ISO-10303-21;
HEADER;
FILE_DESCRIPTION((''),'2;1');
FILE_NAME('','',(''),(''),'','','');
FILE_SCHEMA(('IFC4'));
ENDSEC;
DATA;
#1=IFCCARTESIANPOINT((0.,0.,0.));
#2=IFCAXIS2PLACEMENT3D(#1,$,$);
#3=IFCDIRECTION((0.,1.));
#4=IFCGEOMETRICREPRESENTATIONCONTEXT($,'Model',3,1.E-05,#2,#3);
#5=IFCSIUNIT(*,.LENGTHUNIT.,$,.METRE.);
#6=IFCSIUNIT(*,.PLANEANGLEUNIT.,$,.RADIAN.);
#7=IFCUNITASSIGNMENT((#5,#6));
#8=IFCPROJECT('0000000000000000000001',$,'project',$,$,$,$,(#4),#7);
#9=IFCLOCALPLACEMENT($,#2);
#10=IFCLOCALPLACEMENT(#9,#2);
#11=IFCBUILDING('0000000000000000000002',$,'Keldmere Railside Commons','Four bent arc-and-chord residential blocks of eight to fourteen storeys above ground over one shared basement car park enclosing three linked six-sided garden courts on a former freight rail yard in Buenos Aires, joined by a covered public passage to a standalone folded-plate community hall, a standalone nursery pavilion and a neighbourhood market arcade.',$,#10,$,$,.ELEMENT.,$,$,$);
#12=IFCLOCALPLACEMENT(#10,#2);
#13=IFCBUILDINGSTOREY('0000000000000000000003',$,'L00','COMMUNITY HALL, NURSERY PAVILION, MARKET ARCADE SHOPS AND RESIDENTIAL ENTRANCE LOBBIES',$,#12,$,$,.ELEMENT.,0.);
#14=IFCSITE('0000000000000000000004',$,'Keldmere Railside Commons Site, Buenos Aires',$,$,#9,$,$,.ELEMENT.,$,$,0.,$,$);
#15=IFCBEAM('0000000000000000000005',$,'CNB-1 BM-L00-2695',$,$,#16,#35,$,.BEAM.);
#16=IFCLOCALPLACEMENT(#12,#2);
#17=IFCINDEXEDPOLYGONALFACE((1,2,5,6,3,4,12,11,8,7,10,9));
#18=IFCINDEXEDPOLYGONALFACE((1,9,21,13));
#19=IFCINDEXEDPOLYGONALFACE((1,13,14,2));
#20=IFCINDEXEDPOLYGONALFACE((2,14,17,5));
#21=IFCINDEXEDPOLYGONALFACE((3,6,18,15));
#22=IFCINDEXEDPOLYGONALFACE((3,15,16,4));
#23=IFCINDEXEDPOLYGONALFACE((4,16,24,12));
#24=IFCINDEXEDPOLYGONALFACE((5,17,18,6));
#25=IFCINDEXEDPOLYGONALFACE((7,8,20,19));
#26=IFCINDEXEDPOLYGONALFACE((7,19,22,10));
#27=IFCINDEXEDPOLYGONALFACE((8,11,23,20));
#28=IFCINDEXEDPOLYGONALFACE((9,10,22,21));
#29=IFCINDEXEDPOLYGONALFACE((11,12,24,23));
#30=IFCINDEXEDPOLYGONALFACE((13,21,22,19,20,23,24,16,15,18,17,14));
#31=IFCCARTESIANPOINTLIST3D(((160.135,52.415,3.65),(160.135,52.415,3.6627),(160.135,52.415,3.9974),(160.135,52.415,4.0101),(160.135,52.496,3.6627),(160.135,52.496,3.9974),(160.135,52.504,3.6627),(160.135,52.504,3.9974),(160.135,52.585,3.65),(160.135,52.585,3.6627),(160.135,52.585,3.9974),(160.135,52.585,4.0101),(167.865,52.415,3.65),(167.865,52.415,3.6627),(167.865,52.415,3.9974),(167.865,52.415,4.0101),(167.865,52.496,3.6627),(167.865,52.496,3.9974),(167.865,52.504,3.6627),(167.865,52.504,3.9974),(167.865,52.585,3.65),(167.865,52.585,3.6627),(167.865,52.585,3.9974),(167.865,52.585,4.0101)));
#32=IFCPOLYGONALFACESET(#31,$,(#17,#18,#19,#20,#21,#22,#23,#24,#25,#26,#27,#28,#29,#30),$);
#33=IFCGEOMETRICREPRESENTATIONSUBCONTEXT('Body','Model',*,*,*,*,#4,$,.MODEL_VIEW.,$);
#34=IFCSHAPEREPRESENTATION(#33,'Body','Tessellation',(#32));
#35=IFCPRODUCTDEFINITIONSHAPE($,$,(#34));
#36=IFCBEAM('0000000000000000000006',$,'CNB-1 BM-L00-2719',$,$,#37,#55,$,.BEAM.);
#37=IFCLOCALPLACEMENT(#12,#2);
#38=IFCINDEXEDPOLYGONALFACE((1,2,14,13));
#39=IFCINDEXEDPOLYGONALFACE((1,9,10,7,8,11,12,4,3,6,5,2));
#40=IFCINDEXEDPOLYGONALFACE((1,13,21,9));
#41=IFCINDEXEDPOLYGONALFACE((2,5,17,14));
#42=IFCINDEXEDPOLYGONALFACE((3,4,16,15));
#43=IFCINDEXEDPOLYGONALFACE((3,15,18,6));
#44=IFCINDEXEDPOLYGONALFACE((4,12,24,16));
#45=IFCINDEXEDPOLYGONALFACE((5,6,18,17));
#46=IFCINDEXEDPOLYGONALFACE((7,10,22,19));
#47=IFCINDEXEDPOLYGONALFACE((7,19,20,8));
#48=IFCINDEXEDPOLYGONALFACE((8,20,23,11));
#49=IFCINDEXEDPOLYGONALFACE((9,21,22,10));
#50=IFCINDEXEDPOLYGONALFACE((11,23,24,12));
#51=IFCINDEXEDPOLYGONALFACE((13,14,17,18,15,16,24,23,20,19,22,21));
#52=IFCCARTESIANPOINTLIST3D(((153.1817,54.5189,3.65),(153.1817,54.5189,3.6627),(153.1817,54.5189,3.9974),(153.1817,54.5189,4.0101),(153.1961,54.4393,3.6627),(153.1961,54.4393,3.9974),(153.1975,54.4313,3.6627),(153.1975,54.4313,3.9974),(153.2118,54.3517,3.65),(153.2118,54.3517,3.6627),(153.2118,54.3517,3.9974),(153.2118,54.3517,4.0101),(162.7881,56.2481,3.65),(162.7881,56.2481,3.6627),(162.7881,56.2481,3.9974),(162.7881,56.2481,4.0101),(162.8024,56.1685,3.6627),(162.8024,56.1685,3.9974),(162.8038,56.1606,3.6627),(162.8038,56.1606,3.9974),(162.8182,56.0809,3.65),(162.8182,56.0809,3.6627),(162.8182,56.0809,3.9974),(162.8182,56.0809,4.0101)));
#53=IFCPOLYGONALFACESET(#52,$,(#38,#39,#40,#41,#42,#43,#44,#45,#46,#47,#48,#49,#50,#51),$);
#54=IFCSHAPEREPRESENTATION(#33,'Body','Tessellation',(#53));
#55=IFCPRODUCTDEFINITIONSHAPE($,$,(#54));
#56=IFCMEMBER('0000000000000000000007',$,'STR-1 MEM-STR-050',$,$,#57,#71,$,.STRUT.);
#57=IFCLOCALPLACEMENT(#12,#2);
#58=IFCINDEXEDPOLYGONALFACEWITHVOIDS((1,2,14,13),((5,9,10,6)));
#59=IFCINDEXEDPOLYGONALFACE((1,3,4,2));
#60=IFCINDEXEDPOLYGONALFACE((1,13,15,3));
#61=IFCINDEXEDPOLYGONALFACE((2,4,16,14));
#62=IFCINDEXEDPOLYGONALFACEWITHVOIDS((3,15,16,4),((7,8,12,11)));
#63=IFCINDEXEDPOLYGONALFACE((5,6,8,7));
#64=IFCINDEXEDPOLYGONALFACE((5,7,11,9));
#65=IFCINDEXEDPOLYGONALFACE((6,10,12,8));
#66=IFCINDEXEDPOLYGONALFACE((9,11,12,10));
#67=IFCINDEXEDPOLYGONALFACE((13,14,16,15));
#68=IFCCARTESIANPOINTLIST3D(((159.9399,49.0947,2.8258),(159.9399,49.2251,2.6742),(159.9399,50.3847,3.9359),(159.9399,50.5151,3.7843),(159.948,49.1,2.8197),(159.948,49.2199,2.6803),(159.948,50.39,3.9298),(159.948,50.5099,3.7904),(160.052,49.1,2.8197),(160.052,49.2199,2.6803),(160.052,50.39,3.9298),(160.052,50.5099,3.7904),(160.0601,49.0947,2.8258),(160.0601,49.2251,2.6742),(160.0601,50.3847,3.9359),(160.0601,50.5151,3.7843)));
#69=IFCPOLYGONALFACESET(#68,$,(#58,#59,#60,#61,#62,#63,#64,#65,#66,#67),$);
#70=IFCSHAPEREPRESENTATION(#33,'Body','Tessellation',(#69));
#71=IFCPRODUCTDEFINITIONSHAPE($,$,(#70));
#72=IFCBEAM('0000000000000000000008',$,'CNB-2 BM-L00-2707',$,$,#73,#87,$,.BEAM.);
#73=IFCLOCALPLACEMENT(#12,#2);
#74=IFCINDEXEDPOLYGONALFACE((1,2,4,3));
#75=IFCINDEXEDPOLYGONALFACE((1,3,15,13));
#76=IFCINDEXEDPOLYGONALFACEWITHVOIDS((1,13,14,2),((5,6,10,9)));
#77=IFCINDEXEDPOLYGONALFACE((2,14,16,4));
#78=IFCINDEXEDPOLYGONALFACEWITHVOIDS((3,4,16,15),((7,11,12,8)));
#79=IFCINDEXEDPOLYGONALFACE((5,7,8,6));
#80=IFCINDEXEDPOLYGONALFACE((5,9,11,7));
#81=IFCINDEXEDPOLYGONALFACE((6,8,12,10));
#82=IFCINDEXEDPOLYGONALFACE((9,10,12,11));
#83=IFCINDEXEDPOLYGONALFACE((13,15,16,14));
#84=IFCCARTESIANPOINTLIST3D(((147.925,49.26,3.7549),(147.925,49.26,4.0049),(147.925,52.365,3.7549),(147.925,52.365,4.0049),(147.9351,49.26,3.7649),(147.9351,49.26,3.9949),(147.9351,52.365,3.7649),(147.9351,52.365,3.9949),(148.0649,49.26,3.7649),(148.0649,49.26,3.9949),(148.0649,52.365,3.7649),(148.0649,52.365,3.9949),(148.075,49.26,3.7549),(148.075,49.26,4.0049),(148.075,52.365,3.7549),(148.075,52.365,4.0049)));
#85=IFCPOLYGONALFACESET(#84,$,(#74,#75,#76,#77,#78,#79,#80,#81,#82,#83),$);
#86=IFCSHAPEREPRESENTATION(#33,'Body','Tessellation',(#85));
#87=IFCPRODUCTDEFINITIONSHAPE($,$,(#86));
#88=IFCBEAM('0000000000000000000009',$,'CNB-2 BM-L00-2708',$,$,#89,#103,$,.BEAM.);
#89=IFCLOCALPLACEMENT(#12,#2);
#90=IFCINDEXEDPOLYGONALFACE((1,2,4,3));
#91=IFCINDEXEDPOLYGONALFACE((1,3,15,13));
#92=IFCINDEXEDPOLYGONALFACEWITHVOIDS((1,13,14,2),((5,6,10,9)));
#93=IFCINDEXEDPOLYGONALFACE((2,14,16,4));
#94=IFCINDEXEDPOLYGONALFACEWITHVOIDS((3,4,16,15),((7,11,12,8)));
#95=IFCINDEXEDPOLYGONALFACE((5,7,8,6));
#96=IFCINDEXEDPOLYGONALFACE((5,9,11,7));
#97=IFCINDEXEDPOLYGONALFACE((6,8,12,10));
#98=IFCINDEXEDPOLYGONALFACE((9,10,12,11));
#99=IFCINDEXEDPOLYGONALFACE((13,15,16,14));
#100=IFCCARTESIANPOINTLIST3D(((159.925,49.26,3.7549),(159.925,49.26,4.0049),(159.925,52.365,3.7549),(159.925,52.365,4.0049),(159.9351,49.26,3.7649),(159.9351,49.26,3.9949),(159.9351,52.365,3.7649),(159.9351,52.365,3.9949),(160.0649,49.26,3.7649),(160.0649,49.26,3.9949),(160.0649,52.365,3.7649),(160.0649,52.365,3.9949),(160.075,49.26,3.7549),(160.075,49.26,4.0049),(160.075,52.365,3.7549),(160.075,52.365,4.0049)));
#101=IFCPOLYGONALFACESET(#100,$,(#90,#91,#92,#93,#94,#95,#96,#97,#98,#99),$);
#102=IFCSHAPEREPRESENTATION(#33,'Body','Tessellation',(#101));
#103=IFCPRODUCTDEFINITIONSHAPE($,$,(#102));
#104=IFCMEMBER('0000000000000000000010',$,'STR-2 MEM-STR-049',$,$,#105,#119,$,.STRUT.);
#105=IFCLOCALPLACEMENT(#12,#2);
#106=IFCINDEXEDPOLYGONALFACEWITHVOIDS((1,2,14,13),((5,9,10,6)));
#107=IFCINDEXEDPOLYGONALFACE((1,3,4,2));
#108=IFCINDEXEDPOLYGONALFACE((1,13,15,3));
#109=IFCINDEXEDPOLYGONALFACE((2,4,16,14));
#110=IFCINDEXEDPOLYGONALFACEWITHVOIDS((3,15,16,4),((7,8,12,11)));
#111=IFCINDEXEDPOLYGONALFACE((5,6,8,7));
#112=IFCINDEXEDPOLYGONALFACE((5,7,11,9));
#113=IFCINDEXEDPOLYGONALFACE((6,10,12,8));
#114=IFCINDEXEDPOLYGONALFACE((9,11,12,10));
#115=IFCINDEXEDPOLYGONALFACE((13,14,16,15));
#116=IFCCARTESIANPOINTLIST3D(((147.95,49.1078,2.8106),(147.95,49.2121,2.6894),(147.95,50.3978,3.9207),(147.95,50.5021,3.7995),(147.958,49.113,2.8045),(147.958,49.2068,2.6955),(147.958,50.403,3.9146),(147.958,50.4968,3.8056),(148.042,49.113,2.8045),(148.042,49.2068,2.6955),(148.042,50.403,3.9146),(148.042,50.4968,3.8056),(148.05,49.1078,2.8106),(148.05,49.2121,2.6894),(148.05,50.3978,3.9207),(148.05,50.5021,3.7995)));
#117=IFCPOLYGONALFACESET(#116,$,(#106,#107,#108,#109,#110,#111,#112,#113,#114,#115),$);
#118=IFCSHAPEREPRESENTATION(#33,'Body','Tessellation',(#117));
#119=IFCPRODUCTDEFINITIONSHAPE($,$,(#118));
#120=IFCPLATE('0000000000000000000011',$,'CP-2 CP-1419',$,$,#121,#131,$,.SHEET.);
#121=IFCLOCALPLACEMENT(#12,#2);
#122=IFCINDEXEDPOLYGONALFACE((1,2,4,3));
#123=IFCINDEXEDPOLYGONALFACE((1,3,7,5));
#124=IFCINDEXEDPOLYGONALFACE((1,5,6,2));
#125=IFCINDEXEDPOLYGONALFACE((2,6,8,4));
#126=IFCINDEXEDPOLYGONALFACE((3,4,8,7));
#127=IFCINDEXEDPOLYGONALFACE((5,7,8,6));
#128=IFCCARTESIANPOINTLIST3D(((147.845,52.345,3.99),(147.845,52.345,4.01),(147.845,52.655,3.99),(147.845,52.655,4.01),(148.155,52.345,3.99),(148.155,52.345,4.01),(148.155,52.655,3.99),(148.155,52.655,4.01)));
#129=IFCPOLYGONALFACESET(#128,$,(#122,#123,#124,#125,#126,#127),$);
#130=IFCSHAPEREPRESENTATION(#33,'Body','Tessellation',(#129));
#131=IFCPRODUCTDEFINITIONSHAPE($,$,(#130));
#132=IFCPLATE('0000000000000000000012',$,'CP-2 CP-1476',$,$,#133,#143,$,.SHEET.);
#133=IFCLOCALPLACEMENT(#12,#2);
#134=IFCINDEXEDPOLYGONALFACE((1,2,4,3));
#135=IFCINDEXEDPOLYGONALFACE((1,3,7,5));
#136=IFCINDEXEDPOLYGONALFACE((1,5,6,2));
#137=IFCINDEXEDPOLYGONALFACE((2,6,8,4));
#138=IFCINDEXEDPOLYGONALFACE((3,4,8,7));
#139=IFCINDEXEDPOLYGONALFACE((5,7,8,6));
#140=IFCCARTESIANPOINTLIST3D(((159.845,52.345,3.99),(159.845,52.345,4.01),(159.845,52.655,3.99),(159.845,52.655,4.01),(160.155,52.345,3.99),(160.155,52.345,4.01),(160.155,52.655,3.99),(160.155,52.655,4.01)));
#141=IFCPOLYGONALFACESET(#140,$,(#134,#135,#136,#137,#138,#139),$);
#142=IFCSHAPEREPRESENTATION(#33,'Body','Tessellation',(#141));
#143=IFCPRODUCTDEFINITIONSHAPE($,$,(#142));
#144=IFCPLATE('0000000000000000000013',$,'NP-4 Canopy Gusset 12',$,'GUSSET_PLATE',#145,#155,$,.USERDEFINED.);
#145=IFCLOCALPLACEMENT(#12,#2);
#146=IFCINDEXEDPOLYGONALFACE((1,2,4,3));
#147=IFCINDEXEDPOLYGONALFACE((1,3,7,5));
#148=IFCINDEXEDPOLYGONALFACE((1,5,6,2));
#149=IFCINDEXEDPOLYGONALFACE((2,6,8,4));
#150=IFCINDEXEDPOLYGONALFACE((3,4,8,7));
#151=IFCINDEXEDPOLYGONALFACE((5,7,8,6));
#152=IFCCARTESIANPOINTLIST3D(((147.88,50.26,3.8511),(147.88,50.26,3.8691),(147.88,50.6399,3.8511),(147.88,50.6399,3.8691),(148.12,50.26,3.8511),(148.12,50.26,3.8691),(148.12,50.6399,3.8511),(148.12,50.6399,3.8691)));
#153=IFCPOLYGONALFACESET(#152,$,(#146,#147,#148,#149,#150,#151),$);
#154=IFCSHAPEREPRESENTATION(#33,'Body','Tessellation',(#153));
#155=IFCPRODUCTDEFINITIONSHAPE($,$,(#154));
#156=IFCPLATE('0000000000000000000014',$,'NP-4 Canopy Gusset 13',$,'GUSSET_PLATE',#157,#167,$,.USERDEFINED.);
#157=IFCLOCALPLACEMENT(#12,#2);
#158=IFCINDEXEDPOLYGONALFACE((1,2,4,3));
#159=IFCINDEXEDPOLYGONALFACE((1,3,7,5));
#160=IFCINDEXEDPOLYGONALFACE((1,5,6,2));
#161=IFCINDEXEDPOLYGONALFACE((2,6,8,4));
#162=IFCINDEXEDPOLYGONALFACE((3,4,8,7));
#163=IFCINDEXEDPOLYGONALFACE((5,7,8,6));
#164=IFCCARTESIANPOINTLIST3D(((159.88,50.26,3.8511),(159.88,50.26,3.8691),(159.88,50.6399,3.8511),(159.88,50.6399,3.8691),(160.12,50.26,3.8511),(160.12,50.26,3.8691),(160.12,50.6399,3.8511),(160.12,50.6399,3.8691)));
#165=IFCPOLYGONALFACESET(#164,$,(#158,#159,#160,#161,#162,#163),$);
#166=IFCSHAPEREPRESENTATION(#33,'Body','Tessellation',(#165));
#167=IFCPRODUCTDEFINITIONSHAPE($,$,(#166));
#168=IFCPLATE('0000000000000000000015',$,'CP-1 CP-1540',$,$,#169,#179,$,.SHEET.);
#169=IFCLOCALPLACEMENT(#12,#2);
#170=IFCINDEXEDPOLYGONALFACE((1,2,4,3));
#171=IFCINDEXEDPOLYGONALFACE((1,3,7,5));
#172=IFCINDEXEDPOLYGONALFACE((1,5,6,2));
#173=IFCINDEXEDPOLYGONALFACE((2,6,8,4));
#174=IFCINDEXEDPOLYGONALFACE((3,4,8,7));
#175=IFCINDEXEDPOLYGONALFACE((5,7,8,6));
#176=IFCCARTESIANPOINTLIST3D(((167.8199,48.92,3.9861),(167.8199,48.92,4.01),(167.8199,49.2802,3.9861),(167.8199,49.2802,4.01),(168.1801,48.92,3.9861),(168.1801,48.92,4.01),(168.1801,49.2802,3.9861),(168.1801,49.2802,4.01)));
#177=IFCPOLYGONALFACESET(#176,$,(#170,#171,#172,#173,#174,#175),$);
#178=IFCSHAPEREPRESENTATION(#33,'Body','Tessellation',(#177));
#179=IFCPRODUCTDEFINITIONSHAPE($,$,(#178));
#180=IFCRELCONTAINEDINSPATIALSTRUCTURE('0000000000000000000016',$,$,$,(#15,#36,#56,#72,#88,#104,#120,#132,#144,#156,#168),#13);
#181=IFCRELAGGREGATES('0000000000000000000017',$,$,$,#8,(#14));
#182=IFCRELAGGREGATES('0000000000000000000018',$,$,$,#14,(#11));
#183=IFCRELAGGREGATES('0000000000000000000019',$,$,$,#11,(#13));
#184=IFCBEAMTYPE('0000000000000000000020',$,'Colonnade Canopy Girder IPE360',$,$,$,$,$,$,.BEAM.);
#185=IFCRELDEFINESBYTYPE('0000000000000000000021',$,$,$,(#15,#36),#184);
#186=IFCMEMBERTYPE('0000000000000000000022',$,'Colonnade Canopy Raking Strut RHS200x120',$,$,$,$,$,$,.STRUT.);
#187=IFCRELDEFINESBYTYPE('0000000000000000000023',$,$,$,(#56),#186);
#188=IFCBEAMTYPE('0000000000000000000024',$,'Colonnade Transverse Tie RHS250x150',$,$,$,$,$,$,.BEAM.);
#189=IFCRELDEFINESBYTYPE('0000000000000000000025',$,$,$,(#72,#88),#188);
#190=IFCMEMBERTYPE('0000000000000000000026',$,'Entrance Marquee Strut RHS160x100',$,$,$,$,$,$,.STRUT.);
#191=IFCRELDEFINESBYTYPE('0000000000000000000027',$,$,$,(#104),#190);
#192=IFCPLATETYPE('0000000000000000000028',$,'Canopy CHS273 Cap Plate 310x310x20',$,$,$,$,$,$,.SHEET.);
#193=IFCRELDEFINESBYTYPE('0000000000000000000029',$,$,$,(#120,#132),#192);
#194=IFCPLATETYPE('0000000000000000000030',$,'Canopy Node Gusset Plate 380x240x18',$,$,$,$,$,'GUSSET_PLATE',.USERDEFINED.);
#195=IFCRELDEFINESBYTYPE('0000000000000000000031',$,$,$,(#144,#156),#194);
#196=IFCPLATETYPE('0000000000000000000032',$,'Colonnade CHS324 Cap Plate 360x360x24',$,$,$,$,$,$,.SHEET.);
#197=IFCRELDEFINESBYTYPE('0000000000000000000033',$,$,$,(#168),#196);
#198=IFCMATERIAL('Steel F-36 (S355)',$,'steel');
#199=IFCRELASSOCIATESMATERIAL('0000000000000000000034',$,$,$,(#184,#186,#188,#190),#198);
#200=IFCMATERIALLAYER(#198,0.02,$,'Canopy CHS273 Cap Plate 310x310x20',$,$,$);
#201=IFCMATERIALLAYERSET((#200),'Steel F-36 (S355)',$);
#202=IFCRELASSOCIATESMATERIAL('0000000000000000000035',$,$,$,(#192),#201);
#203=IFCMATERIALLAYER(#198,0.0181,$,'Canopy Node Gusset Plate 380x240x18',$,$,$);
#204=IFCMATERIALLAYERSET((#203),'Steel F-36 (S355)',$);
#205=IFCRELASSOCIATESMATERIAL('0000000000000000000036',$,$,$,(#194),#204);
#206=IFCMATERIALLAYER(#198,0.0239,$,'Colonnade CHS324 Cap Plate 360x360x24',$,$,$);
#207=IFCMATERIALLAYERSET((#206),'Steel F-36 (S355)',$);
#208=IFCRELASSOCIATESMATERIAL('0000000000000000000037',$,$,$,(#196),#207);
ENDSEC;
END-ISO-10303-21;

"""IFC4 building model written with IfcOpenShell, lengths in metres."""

from ifc_helpers import new_model, si_unit, direction, frame, origin, origin_2d, place, context, subcontext, project, spatial, rectangle, hollow_rectangle, i_section, extrude, material, layer, layer_set, material_profile, profile_set, type_object, element, save


model = new_model("IFC4")

# Units and contexts
model_context = context("Model", 3, precision=1e-05, world=origin(), true_north=direction((0.0, 1.0)))
body_context = subcontext(model_context, "Body", "Model", "MODEL_VIEW")
ifc_project = project(units=[si_unit("LENGTHUNIT", "METRE"), si_unit("PLANEANGLEUNIT", "RADIAN")], contexts=[model_context])

# Site, building, storey
site_placement = place(None, origin())
site = spatial("IfcSite", under=ifc_project, at=site_placement, Name="Keldmere Railside Commons Site, Buenos Aires", CompositionType="ELEMENT", RefElevation=0.0)
building_placement = place(site_placement, origin())
building = spatial("IfcBuilding", under=site, at=building_placement, Name="Keldmere Railside Commons", Description="Four bent arc-and-chord residential blocks of eight to fourteen storeys above ground over one shared basement car park enclosing three linked six-sided garden courts on a former freight rail yard in Buenos Aires, joined by a covered public passage to a standalone folded-plate community hall, a standalone nursery pavilion and a neighbourhood market arcade.", CompositionType="ELEMENT")
storey_placement = place(building_placement, origin())
storey = spatial("IfcBuildingStorey", under=building, at=storey_placement, Name="L00", Description="COMMUNITY HALL, NURSERY PAVILION, MARKET ARCADE SHOPS AND RESIDENTIAL ENTRANCE LOBBIES", CompositionType="ELEMENT", Elevation=0.0)

# Shared definitions
ifc_material_1 = material(Name="Steel F-36 (S355)", Category="steel")

# Beams
ifc_material_profile_1 = material_profile(ifc_material_1, i_section(OverallWidth=0.1699, OverallDepth=0.3601, WebThickness=0.0081, FlangeThickness=0.0127, at=origin_2d()), Name="IPE-360")
ifc_profile_set_1 = profile_set([ifc_material_profile_1], Name="Steel F-36 (S355)")
beam_type_1 = type_object("IfcBeamType", Name="Colonnade Canopy Girder IPE360", PredefinedType="BEAM", material=ifc_profile_set_1)
beam_1_placement = place(storey_placement, frame((160.135, 52.5, 3.8301), z_axis=(1.0, 0.0, 0.0), x_axis=(0.0, 1.0, 0.0)))
element("IfcBeam", 1, at=beam_1_placement, inside=storey, type_object=beam_type_1, Name="CNB-1 BM-L00-2695", PredefinedType="BEAM", context=body_context, shape_type="SweptSolid", body=[
    extrude(i_section(OverallWidth=0.1699, OverallDepth=0.3601, WebThickness=0.0081, FlangeThickness=0.0127, at=origin_2d()), origin(), (0.0, 0.0, 1.0), 7.73),
])
beam_2_placement = place(storey_placement, frame((153.1968, 54.4353, 3.8301), z_axis=(0.984182, 0.177162, 0.0), x_axis=(-0.177162, 0.984182, 0.0)))
element("IfcBeam", 2, at=beam_2_placement, inside=storey, type_object=beam_type_1, Name="CNB-1 BM-L00-2719", PredefinedType="BEAM", context=body_context, shape_type="SweptSolid", body=[
    extrude(i_section(OverallWidth=0.1699, OverallDepth=0.3601, WebThickness=0.0081, FlangeThickness=0.0127, at=origin_2d()), origin(), (0.0, 0.0, 1.0), 9.7607),
])

# Member
ifc_material_profile_2 = material_profile(ifc_material_1, hollow_rectangle(XDim=0.1201, YDim=0.2, WallThickness=0.0081, at=origin_2d()), Name="RHS-200x120x8")
ifc_profile_set_2 = profile_set([ifc_material_profile_2], Name="Steel F-36 (S355)")
member_type_1 = type_object("IfcMemberType", Name="Colonnade Canopy Raking Strut RHS200x120", PredefinedType="STRUT", material=ifc_profile_set_2)
member_1_placement = place(storey_placement, frame((160.0, 49.1599, 2.75), z_axis=(0.0, 0.757989, 0.652267), x_axis=(-1.0, 0.0, 0.0)))
element("IfcMember", 3, at=member_1_placement, inside=storey, type_object=member_type_1, Name="STR-1 MEM-STR-050", PredefinedType="STRUT", context=body_context, shape_type="SweptSolid", body=[
    extrude(hollow_rectangle(XDim=0.1201, YDim=0.2, WallThickness=0.0081, at=origin_2d()), origin(), (0.0, 0.0, 1.0), 1.7019),
])

# Beams
ifc_material_profile_3 = material_profile(ifc_material_1, hollow_rectangle(XDim=0.1499, YDim=0.25, WallThickness=0.01, at=origin_2d()), Name="RHS-250x150x10")
ifc_profile_set_3 = profile_set([ifc_material_profile_3], Name="Steel F-36 (S355)")
beam_type_2 = type_object("IfcBeamType", Name="Colonnade Transverse Tie RHS250x150", PredefinedType="BEAM", material=ifc_profile_set_3)
for number, where, z_axis, x_axis, name in (
    (4, (148.0, 49.26, 3.8799), (0.0, 1.0, 0.0), (-1.0, 0.0, 0.0), "CNB-2 BM-L00-2707"),
    (5, (160.0, 49.26, 3.8799), (0.0, 1.0, 0.0), (-1.0, 0.0, 0.0), "CNB-2 BM-L00-2708"),
):
    element("IfcBeam", number, at=place(storey_placement, frame(where, z_axis=z_axis, x_axis=x_axis)), inside=storey, type_object=beam_type_2, Name=name, PredefinedType="BEAM", context=body_context, shape_type="SweptSolid", body=[
        extrude(hollow_rectangle(XDim=0.1499, YDim=0.25, WallThickness=0.01, at=origin_2d()), origin(), (0.0, 0.0, 1.0), 3.105),
    ])

# Member
ifc_material_profile_4 = material_profile(ifc_material_1, hollow_rectangle(XDim=0.1001, YDim=0.1599, WallThickness=0.0081, at=origin_2d()), Name="RHS-160x100x8")
ifc_profile_set_4 = profile_set([ifc_material_profile_4], Name="Steel F-36 (S355)")
member_type_2 = type_object("IfcMemberType", Name="Entrance Marquee Strut RHS160x100", PredefinedType="STRUT", material=ifc_profile_set_4)
member_2_placement = place(storey_placement, frame((148.0, 49.1599, 2.75), z_axis=(0.0, 0.757989, 0.652267), x_axis=(-1.0, 0.0, 0.0)))
element("IfcMember", 6, at=member_2_placement, inside=storey, type_object=member_type_2, Name="STR-2 MEM-STR-049", PredefinedType="STRUT", context=body_context, shape_type="SweptSolid", body=[
    extrude(hollow_rectangle(XDim=0.1001, YDim=0.1599, WallThickness=0.0081, at=origin_2d()), origin(), (0.0, 0.0, 1.0), 1.7019),
])

# Plates
ifc_layer_1 = layer(ifc_material_1, 0.02, Name="Canopy CHS273 Cap Plate 310x310x20")
ifc_layer_set_1 = layer_set([ifc_layer_1], Name="Steel F-36 (S355)")
plate_type_1 = type_object("IfcPlateType", Name="Canopy CHS273 Cap Plate 310x310x20", PredefinedType="SHEET", material=ifc_layer_set_1)
for number, where, z_axis, x_axis, name in (
    (7, (148.0, 52.5, 3.99), (0.0, 0.0, 1.0), (1.0, 0.0, 0.0), "CP-2 CP-1419"),
    (8, (160.0, 52.5, 3.99), (0.0, 0.0, 1.0), (1.0, 0.0, 0.0), "CP-2 CP-1476"),
):
    element("IfcPlate", number, at=place(storey_placement, frame(where, z_axis=z_axis, x_axis=x_axis)), inside=storey, type_object=plate_type_1, Name=name, PredefinedType="SHEET", context=body_context, shape_type="SweptSolid", body=[
        extrude(rectangle(XDim=0.3101, YDim=0.3101, at=origin_2d()), origin(), (0.0, 0.0, 1.0), 0.02),
    ])
ifc_layer_2 = layer(ifc_material_1, 0.0181, Name="Canopy Node Gusset Plate 380x240x18")
ifc_layer_set_2 = layer_set([ifc_layer_2], Name="Steel F-36 (S355)")
plate_type_2 = type_object("IfcPlateType", Name="Canopy Node Gusset Plate 380x240x18", ElementType="GUSSET_PLATE", PredefinedType="USERDEFINED", material=ifc_layer_set_2)
for number, where, z_axis, x_axis, name in (
    (9, (148.0, 50.45, 3.8511), (0.0, 0.0, 1.0), (0.0, 1.0, 0.0), "NP-4 Canopy Gusset 12"),
    (10, (160.0, 50.45, 3.8511), (0.0, 0.0, 1.0), (0.0, 1.0, 0.0), "NP-4 Canopy Gusset 13"),
):
    element("IfcPlate", number, at=place(storey_placement, frame(where, z_axis=z_axis, x_axis=x_axis)), inside=storey, type_object=plate_type_2, Name=name, ObjectType="GUSSET_PLATE", PredefinedType="USERDEFINED", context=body_context, shape_type="SweptSolid", body=[
        extrude(rectangle(XDim=0.3799, YDim=0.24, at=origin_2d()), origin(), (0.0, 0.0, 1.0), 0.0181),
    ])
ifc_layer_3 = layer(ifc_material_1, 0.0239, Name="Colonnade CHS324 Cap Plate 360x360x24")
ifc_layer_set_3 = layer_set([ifc_layer_3], Name="Steel F-36 (S355)")
plate_type_3 = type_object("IfcPlateType", Name="Colonnade CHS324 Cap Plate 360x360x24", PredefinedType="SHEET", material=ifc_layer_set_3)
plate_placement = place(storey_placement, frame((168.0, 49.1001, 3.9861), z_axis=(0.0, 0.0, 1.0), x_axis=(1.0, 0.0, 0.0)))
element("IfcPlate", 11, at=plate_placement, inside=storey, type_object=plate_type_3, Name="CP-1 CP-1540", PredefinedType="SHEET", context=body_context, shape_type="SweptSolid", body=[
    extrude(rectangle(XDim=0.3601, YDim=0.3601, at=origin_2d()), origin(), (0.0, 0.0, 1.0), 0.0239),
])

save(model, "model.ifc")
